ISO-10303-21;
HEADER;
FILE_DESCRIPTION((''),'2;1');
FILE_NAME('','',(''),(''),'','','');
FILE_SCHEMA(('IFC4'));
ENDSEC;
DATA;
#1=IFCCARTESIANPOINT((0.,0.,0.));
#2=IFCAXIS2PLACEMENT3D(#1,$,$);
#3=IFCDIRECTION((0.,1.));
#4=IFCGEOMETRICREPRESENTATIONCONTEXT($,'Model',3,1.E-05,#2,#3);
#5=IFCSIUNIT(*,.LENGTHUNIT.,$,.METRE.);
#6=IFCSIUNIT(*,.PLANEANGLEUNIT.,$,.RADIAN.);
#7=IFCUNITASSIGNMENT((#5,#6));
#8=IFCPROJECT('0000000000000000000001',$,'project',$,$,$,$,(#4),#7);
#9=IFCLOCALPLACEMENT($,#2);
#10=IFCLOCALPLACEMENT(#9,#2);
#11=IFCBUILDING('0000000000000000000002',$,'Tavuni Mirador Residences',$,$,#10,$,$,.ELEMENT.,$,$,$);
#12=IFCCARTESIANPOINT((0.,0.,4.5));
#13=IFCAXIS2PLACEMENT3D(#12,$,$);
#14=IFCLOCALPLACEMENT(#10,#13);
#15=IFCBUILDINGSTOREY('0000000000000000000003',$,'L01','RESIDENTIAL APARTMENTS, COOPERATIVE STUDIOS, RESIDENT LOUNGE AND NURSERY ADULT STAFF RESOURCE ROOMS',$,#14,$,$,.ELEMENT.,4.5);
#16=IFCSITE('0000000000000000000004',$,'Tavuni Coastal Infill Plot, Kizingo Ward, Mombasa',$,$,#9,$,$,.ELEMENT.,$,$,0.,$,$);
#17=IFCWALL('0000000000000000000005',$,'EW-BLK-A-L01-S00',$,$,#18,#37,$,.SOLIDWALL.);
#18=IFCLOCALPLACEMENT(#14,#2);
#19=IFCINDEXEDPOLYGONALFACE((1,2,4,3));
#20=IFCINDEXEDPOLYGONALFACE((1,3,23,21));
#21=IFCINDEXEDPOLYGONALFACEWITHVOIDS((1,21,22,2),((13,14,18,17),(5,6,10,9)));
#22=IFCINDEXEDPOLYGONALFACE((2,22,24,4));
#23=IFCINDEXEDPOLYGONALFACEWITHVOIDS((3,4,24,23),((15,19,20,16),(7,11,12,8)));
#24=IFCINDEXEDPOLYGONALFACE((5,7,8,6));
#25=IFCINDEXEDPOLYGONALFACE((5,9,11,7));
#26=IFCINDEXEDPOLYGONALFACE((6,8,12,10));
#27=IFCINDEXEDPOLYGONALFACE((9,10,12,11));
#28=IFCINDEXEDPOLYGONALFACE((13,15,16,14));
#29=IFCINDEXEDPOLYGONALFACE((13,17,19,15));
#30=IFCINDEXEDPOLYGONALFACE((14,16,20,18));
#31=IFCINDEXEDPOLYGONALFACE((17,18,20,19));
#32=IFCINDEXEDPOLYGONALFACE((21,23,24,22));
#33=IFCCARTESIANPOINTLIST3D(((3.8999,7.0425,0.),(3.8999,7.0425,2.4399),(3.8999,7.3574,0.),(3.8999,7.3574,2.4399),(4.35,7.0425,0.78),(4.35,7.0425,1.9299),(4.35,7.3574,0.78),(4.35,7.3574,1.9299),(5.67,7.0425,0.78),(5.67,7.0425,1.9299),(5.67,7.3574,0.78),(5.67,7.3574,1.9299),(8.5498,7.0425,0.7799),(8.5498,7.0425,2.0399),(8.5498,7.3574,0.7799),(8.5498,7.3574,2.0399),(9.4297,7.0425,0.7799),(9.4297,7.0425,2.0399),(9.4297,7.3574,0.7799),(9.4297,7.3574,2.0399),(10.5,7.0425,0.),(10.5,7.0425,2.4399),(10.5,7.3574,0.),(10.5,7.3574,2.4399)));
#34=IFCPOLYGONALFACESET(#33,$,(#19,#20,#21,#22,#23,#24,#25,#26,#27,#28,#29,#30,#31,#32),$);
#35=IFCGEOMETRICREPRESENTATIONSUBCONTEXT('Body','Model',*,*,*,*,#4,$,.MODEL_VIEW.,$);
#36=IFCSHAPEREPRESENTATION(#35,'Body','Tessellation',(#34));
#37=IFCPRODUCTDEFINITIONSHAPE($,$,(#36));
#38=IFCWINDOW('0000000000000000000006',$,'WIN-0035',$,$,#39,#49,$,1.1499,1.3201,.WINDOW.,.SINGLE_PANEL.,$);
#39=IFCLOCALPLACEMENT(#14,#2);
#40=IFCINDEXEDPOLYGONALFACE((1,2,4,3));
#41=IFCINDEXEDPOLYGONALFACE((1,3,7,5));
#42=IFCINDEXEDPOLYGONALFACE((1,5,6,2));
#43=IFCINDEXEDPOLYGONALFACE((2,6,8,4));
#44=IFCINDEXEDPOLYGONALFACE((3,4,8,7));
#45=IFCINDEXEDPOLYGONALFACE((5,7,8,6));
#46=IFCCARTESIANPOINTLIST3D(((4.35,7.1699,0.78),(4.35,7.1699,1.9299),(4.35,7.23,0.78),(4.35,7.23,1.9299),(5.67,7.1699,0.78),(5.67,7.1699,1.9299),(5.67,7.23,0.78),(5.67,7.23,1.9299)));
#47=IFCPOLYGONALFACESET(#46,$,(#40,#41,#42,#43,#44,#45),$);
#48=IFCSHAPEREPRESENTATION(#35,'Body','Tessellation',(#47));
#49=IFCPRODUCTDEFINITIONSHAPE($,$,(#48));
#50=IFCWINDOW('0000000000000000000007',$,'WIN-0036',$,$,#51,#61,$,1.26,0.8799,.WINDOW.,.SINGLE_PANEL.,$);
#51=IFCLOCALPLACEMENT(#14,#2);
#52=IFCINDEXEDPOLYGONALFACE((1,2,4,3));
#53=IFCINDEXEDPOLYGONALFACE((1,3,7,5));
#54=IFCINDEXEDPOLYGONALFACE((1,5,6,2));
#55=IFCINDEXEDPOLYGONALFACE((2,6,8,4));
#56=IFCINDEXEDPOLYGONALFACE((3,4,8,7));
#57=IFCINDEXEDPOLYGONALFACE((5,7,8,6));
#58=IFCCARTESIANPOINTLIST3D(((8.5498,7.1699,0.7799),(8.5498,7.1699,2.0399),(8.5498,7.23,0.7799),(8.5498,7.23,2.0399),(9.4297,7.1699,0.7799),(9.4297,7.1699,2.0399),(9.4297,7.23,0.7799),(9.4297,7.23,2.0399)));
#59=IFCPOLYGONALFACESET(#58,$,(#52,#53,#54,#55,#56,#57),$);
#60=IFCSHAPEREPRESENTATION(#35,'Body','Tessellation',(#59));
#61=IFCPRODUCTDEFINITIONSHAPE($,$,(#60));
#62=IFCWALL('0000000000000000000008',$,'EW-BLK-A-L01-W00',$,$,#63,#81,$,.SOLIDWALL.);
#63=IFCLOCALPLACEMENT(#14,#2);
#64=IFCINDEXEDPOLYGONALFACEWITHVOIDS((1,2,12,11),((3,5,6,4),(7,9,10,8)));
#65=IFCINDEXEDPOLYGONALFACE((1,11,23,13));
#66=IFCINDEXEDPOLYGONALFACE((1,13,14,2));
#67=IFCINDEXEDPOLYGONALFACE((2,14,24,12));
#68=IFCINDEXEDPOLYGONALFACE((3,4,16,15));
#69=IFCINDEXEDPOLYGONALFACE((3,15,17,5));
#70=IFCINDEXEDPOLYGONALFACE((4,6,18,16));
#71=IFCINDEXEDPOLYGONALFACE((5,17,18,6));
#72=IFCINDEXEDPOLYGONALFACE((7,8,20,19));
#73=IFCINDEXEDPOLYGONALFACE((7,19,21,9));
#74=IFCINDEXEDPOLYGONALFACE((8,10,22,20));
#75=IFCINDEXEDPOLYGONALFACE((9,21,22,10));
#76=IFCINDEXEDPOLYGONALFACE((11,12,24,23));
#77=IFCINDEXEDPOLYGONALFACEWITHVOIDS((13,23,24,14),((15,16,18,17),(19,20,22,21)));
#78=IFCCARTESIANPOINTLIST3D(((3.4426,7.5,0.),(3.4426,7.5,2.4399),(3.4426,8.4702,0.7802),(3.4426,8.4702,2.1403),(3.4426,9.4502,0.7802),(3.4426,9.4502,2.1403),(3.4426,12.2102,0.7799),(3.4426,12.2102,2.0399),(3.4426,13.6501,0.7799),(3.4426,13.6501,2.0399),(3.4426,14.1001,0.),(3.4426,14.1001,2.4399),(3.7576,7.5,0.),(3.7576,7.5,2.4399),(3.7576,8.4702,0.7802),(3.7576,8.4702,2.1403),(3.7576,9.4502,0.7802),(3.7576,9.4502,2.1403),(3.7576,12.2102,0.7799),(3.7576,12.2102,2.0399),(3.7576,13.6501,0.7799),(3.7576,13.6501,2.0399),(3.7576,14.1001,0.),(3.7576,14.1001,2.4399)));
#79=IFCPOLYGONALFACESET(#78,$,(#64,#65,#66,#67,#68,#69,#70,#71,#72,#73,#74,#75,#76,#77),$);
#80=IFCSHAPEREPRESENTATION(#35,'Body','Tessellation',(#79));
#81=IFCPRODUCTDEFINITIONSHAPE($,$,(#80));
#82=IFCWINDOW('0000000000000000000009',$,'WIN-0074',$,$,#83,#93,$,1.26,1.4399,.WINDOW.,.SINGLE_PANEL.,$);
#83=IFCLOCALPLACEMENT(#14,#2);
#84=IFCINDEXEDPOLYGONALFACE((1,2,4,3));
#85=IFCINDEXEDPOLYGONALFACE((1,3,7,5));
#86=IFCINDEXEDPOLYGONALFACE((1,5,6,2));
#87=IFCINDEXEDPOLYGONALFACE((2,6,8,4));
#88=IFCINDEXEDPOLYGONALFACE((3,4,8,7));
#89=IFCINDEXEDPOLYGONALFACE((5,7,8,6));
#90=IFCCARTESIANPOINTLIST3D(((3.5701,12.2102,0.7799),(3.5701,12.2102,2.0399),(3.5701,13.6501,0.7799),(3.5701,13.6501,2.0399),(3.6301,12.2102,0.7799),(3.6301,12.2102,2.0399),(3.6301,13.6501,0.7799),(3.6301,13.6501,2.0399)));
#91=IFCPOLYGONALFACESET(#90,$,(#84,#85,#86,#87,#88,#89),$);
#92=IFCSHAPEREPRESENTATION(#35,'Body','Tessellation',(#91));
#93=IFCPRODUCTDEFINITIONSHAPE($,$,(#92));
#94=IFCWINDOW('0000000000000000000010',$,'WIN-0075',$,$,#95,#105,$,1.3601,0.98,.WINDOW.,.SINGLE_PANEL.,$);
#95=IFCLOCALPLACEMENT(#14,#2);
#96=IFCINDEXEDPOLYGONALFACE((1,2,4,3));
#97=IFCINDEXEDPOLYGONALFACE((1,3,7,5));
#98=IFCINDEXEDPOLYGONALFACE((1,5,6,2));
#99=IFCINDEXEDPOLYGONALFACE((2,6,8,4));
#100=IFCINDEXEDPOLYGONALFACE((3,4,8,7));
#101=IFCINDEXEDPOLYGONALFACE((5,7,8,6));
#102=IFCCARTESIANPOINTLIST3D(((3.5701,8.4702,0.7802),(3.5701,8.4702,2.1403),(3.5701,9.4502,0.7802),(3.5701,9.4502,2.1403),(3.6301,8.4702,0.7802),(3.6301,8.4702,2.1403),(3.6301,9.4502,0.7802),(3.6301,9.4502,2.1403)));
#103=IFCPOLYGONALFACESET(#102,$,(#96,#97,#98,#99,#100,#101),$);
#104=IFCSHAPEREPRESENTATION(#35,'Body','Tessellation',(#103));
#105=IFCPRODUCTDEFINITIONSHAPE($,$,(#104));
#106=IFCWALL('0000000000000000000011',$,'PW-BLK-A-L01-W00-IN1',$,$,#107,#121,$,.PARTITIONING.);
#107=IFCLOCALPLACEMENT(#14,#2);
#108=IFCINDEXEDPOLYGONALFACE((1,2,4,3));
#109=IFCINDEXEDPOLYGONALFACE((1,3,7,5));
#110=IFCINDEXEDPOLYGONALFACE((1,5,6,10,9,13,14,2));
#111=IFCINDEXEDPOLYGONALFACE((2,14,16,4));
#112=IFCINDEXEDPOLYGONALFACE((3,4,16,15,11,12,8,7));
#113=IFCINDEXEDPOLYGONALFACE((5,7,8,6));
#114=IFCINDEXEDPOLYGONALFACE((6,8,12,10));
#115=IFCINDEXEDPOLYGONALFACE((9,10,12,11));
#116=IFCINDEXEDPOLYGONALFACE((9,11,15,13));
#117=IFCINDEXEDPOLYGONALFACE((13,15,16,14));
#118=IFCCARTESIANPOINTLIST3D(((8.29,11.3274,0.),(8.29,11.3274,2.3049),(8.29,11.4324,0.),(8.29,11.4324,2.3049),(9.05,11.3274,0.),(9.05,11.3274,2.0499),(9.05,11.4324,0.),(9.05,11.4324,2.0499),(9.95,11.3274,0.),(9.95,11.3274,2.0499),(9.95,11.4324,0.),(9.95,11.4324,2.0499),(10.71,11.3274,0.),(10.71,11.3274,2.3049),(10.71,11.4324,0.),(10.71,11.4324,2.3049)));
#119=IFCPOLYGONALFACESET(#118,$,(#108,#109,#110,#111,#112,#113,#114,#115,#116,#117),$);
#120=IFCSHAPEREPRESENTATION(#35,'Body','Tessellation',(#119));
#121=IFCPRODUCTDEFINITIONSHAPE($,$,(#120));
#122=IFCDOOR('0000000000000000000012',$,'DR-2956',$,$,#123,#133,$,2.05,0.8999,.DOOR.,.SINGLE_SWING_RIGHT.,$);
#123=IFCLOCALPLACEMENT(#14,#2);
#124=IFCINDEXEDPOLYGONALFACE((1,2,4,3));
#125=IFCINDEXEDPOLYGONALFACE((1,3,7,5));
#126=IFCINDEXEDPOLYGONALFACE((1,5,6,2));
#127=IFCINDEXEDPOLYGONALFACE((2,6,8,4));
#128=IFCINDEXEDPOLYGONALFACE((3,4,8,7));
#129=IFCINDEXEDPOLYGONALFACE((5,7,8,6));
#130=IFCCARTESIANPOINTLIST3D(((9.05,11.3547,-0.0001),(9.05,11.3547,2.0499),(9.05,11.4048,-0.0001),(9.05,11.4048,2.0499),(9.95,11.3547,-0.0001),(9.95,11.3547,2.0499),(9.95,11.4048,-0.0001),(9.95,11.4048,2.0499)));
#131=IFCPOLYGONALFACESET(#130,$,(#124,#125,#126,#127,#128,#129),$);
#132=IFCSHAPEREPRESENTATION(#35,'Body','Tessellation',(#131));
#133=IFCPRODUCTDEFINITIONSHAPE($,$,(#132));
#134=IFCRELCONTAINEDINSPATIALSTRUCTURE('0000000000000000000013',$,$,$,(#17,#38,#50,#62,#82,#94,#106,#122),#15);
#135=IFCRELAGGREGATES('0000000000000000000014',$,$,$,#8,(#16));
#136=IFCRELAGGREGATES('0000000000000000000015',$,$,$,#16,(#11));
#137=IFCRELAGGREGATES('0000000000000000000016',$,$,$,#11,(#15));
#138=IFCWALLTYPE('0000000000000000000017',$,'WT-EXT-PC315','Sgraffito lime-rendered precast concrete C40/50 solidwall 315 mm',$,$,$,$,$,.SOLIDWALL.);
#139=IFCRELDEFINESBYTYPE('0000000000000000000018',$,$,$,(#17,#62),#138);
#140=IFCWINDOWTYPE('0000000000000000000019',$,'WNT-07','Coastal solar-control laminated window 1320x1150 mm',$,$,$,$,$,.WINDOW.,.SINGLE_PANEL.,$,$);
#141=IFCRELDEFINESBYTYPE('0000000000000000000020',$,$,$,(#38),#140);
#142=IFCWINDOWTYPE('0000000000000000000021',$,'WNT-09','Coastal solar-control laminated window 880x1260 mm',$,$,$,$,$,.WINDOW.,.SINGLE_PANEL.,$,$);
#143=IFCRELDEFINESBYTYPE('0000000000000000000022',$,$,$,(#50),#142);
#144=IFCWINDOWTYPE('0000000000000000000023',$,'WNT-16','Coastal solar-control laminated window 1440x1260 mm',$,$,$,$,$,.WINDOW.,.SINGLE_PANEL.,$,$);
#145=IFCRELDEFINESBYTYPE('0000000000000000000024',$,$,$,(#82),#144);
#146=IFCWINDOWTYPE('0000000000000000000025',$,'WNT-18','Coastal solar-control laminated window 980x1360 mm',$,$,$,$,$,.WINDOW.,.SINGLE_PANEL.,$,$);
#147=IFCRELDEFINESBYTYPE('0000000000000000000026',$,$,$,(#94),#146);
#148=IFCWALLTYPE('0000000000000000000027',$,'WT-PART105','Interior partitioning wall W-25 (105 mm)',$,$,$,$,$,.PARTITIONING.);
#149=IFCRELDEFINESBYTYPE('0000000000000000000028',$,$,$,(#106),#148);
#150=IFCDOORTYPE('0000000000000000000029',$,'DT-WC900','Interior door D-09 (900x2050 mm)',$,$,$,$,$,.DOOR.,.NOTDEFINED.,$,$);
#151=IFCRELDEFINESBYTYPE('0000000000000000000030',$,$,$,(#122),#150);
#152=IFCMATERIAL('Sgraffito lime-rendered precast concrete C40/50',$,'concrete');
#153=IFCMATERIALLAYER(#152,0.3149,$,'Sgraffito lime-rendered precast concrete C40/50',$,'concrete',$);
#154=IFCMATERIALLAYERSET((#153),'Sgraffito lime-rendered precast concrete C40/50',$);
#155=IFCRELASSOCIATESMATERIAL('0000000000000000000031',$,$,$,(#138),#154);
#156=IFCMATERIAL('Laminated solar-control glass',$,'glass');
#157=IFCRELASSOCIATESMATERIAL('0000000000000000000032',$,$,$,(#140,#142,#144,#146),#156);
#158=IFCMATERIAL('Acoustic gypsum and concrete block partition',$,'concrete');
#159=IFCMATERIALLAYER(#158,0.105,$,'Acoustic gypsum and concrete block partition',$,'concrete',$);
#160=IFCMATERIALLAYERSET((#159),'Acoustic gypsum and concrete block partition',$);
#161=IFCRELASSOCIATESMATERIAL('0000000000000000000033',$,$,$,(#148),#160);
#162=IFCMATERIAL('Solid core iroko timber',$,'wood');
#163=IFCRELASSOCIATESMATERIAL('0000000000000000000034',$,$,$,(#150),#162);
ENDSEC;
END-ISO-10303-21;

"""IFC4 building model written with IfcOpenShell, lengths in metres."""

from ifc_helpers import new_model, si_unit, direction, frame, frame_2d, origin, place, context, subcontext, project, spatial, rectangle, extrude, material, layer, layer_set, type_object, element, fill, save


model = new_model("IFC4")

# Units and contexts
model_context = context("Model", 3, precision=1e-05, world=origin(), true_north=direction((0.0, 1.0)))
body_context = subcontext(model_context, "Body", "Model", "MODEL_VIEW")
ifc_project = project(units=[si_unit("LENGTHUNIT", "METRE"), si_unit("PLANEANGLEUNIT", "RADIAN")], contexts=[model_context])

# Site, building, storey
site_placement = place(None, origin())
site = spatial("IfcSite", under=ifc_project, at=site_placement, Name="Tavuni Coastal Infill Plot, Kizingo Ward, Mombasa", CompositionType="ELEMENT", RefElevation=0.0)
building_placement = place(site_placement, origin())
building = spatial("IfcBuilding", under=site, at=building_placement, Name="Tavuni Mirador Residences", CompositionType="ELEMENT")
storey_placement = place(building_placement, frame((0.0, 0.0, 4.5)))
storey = spatial("IfcBuildingStorey", under=building, at=storey_placement, Name="L01", Description="RESIDENTIAL APARTMENTS, COOPERATIVE STUDIOS, RESIDENT LOUNGE AND NURSERY ADULT STAFF RESOURCE ROOMS", CompositionType="ELEMENT", Elevation=4.5)

# Shared definitions
ifc_material_1 = material(Name="Solid core iroko timber", Category="wood")

# Walls, openings, windows
ifc_material_2 = material(Name="Sgraffito lime-rendered precast concrete C40/50", Category="concrete")
ifc_layer_1 = layer(ifc_material_2, 0.3149, Name="Sgraffito lime-rendered precast concrete C40/50", Category="concrete")
ifc_layer_set_1 = layer_set([ifc_layer_1], Name="Sgraffito lime-rendered precast concrete C40/50")
wall_type_1 = type_object("IfcWallType", Name="WT-EXT-PC315", Description="Sgraffito lime-rendered precast concrete C40/50 solidwall 315 mm", PredefinedType="SOLIDWALL", material=ifc_layer_set_1)
wall_1_placement = place(storey_placement, frame((3.8999, 7.2, 0.0), z_axis=(0.0, 0.0, 1.0), x_axis=(1.0, 0.0, 0.0)))
wall_1 = element("IfcWall", 1, at=wall_1_placement, inside=storey, type_object=wall_type_1, Name="EW-BLK-A-L01-S00", PredefinedType="SOLIDWALL", context=body_context, shape_type="SweptSolid", body=[
    extrude(rectangle(XDim=6.6001, YDim=0.3149, at=frame_2d((3.3, 0.0))), origin(), (0.0, 0.0, 1.0), 2.4399),
])
opening_1_placement = place(wall_1_placement, frame((0.45, 0.0, 0.78)))
opening_1 = element("IfcOpeningElement", 2, at=opening_1_placement, cuts=wall_1, PredefinedType="OPENING", context=body_context, shape_type="SweptSolid", body=[
    extrude(rectangle(XDim=1.3201, YDim=1.1499, at=frame_2d((0.6602, 0.575))), frame((0.0, 0.1675, 0.0), z_axis=(0.0, -1.0, 0.0), x_axis=(1.0, 0.0, 0.0)), (0.0, 0.0, 1.0), 0.335),
])
opening_2_placement = place(wall_1_placement, frame((4.6499, 0.0, 0.78)))
opening_2 = element("IfcOpeningElement", 3, at=opening_2_placement, cuts=wall_1, PredefinedType="OPENING", context=body_context, shape_type="SweptSolid", body=[
    extrude(rectangle(XDim=0.8799, YDim=1.26, at=frame_2d((0.4399, 0.6299))), frame((0.0, 0.1675, 0.0), z_axis=(0.0, -1.0, 0.0), x_axis=(1.0, 0.0, 0.0)), (0.0, 0.0, 1.0), 0.335),
])
ifc_material_3 = material(Name="Laminated solar-control glass", Category="glass")
window_type_1 = type_object("IfcWindowType", Name="WNT-07", Description="Coastal solar-control laminated window 1320x1150 mm", PartitioningType="SINGLE_PANEL", PredefinedType="WINDOW", material=ifc_material_3)
window_1_placement = place(opening_1_placement, origin())
window_1 = element("IfcWindow", 4, at=window_1_placement, inside=storey, type_object=window_type_1, Name="WIN-0035", OverallHeight=1.1499, OverallWidth=1.3201, PartitioningType="SINGLE_PANEL", PredefinedType="WINDOW", context=body_context, shape_type="SweptSolid", body=[
    extrude(rectangle(XDim=1.3201, YDim=1.1499, at=frame_2d((0.6602, 0.575))), frame((0.0, 0.03, 0.0), z_axis=(0.0, -1.0, 0.0), x_axis=(1.0, 0.0, 0.0)), (0.0, 0.0, 1.0), 0.0601),
])
fill(opening_1, window_1)
window_type_2 = type_object("IfcWindowType", Name="WNT-09", Description="Coastal solar-control laminated window 880x1260 mm", PartitioningType="SINGLE_PANEL", PredefinedType="WINDOW", material=ifc_material_3)
window_2_placement = place(opening_2_placement, origin())
window_2 = element("IfcWindow", 5, at=window_2_placement, inside=storey, type_object=window_type_2, Name="WIN-0036", OverallHeight=1.26, OverallWidth=0.8799, PartitioningType="SINGLE_PANEL", PredefinedType="WINDOW", context=body_context, shape_type="SweptSolid", body=[
    extrude(rectangle(XDim=0.8799, YDim=1.26, at=frame_2d((0.4399, 0.6299))), frame((0.0, 0.03, 0.0), z_axis=(0.0, -1.0, 0.0), x_axis=(1.0, 0.0, 0.0)), (0.0, 0.0, 1.0), 0.0601),
])
fill(opening_2, window_2)
wall_2_placement = place(storey_placement, frame((3.6001, 14.1001, 0.0), z_axis=(0.0, 0.0, 1.0), x_axis=(0.0, -1.0, 0.0)))
wall_2 = element("IfcWall", 6, at=wall_2_placement, inside=storey, type_object=wall_type_1, Name="EW-BLK-A-L01-W00", PredefinedType="SOLIDWALL", context=body_context, shape_type="SweptSolid", body=[
    extrude(rectangle(XDim=6.6001, YDim=0.3149, at=frame_2d((3.3, 0.0))), origin(), (0.0, 0.0, 1.0), 2.4399),
])
opening_3_placement = place(wall_2_placement, frame((0.45, 0.0, 0.78)))
opening_3 = element("IfcOpeningElement", 7, at=opening_3_placement, cuts=wall_2, PredefinedType="OPENING", context=body_context, shape_type="SweptSolid", body=[
    extrude(rectangle(XDim=1.4399, YDim=1.26, at=frame_2d((0.72, 0.6299))), frame((0.0, 0.1675, 0.0), z_axis=(0.0, -1.0, 0.0), x_axis=(1.0, 0.0, 0.0)), (0.0, 0.0, 1.0), 0.335),
])
opening_4_placement = place(wall_2_placement, frame((4.6499, 0.0, 0.78)))
opening_4 = element("IfcOpeningElement", 8, at=opening_4_placement, cuts=wall_2, PredefinedType="OPENING", context=body_context, shape_type="SweptSolid", body=[
    extrude(rectangle(XDim=0.98, YDim=1.3601, at=frame_2d((0.49, 0.6802))), frame((0.0, 0.1675, 0.0), z_axis=(0.0, -1.0, 0.0), x_axis=(1.0, 0.0, 0.0)), (0.0, 0.0, 1.0), 0.335),
])
window_type_3 = type_object("IfcWindowType", Name="WNT-16", Description="Coastal solar-control laminated window 1440x1260 mm", PartitioningType="SINGLE_PANEL", PredefinedType="WINDOW", material=ifc_material_3)
window_3_placement = place(opening_3_placement, origin())
window_3 = element("IfcWindow", 9, at=window_3_placement, inside=storey, type_object=window_type_3, Name="WIN-0074", OverallHeight=1.26, OverallWidth=1.4399, PartitioningType="SINGLE_PANEL", PredefinedType="WINDOW", context=body_context, shape_type="SweptSolid", body=[
    extrude(rectangle(XDim=1.4399, YDim=1.26, at=frame_2d((0.72, 0.6299))), frame((0.0, 0.03, 0.0), z_axis=(0.0, -1.0, 0.0), x_axis=(1.0, 0.0, 0.0)), (0.0, 0.0, 1.0), 0.0601),
])
fill(opening_3, window_3)
window_type_4 = type_object("IfcWindowType", Name="WNT-18", Description="Coastal solar-control laminated window 980x1360 mm", PartitioningType="SINGLE_PANEL", PredefinedType="WINDOW", material=ifc_material_3)
window_4_placement = place(opening_4_placement, origin())
window_4 = element("IfcWindow", 10, at=window_4_placement, inside=storey, type_object=window_type_4, Name="WIN-0075", OverallHeight=1.3601, OverallWidth=0.98, PartitioningType="SINGLE_PANEL", PredefinedType="WINDOW", context=body_context, shape_type="SweptSolid", body=[
    extrude(rectangle(XDim=0.98, YDim=1.3601, at=frame_2d((0.49, 0.6802))), frame((0.0, 0.03, 0.0), z_axis=(0.0, -1.0, 0.0), x_axis=(1.0, 0.0, 0.0)), (0.0, 0.0, 1.0), 0.0601),
])
fill(opening_4, window_4)

# Wall, opening, door
ifc_material_4 = material(Name="Acoustic gypsum and concrete block partition", Category="concrete")
ifc_layer_2 = layer(ifc_material_4, 0.105, Name="Acoustic gypsum and concrete block partition", Category="concrete")
ifc_layer_set_2 = layer_set([ifc_layer_2], Name="Acoustic gypsum and concrete block partition")
wall_type_2 = type_object("IfcWallType", Name="WT-PART105", Description="Interior partitioning wall W-25 (105 mm)", PredefinedType="PARTITIONING", material=ifc_layer_set_2)
wall_3_placement = place(storey_placement, frame((8.29, 11.3799, 0.0), z_axis=(0.0, 0.0, 1.0), x_axis=(1.0, 0.0, 0.0)))
wall_3 = element("IfcWall", 11, at=wall_3_placement, inside=storey, type_object=wall_type_2, Name="PW-BLK-A-L01-W00-IN1", PredefinedType="PARTITIONING", context=body_context, shape_type="SweptSolid", body=[
    extrude(rectangle(XDim=2.4199, YDim=0.105, at=frame_2d((1.21, 0.0))), origin(), (0.0, 0.0, 1.0), 2.3049),
])
opening_5_placement = place(wall_3_placement, frame((0.76, 0.0, 0.0)))
opening_5 = element("IfcOpeningElement", 12, at=opening_5_placement, cuts=wall_3, PredefinedType="OPENING", context=body_context, shape_type="SweptSolid", body=[
    extrude(rectangle(XDim=0.8999, YDim=2.05, at=frame_2d((0.45, 1.0249))), frame((0.0, 0.0625, 0.0), z_axis=(0.0, -1.0, 0.0), x_axis=(1.0, 0.0, 0.0)), (0.0, 0.0, 1.0), 0.125),
])
door_type_1 = type_object("IfcDoorType", Name="DT-WC900", Description="Interior door D-09 (900x2050 mm)", OperationType="NOTDEFINED", PredefinedType="DOOR", material=ifc_material_1)
door_1_placement = place(opening_5_placement, origin())
door_1 = element("IfcDoor", 13, at=door_1_placement, inside=storey, type_object=door_type_1, Name="DR-2956", OperationType="SINGLE_SWING_RIGHT", OverallHeight=2.05, OverallWidth=0.8999, PredefinedType="DOOR", context=body_context, shape_type="SweptSolid", body=[
    extrude(rectangle(XDim=0.8999, YDim=2.05, at=frame_2d((0.45, 1.0249))), frame((0.0, 0.0249, 0.0), z_axis=(0.0, -1.0, 0.0), x_axis=(1.0, 0.0, 0.0)), (0.0, 0.0, 1.0), 0.05),
])
fill(opening_5, door_1)

save(model, "model.ifc")
